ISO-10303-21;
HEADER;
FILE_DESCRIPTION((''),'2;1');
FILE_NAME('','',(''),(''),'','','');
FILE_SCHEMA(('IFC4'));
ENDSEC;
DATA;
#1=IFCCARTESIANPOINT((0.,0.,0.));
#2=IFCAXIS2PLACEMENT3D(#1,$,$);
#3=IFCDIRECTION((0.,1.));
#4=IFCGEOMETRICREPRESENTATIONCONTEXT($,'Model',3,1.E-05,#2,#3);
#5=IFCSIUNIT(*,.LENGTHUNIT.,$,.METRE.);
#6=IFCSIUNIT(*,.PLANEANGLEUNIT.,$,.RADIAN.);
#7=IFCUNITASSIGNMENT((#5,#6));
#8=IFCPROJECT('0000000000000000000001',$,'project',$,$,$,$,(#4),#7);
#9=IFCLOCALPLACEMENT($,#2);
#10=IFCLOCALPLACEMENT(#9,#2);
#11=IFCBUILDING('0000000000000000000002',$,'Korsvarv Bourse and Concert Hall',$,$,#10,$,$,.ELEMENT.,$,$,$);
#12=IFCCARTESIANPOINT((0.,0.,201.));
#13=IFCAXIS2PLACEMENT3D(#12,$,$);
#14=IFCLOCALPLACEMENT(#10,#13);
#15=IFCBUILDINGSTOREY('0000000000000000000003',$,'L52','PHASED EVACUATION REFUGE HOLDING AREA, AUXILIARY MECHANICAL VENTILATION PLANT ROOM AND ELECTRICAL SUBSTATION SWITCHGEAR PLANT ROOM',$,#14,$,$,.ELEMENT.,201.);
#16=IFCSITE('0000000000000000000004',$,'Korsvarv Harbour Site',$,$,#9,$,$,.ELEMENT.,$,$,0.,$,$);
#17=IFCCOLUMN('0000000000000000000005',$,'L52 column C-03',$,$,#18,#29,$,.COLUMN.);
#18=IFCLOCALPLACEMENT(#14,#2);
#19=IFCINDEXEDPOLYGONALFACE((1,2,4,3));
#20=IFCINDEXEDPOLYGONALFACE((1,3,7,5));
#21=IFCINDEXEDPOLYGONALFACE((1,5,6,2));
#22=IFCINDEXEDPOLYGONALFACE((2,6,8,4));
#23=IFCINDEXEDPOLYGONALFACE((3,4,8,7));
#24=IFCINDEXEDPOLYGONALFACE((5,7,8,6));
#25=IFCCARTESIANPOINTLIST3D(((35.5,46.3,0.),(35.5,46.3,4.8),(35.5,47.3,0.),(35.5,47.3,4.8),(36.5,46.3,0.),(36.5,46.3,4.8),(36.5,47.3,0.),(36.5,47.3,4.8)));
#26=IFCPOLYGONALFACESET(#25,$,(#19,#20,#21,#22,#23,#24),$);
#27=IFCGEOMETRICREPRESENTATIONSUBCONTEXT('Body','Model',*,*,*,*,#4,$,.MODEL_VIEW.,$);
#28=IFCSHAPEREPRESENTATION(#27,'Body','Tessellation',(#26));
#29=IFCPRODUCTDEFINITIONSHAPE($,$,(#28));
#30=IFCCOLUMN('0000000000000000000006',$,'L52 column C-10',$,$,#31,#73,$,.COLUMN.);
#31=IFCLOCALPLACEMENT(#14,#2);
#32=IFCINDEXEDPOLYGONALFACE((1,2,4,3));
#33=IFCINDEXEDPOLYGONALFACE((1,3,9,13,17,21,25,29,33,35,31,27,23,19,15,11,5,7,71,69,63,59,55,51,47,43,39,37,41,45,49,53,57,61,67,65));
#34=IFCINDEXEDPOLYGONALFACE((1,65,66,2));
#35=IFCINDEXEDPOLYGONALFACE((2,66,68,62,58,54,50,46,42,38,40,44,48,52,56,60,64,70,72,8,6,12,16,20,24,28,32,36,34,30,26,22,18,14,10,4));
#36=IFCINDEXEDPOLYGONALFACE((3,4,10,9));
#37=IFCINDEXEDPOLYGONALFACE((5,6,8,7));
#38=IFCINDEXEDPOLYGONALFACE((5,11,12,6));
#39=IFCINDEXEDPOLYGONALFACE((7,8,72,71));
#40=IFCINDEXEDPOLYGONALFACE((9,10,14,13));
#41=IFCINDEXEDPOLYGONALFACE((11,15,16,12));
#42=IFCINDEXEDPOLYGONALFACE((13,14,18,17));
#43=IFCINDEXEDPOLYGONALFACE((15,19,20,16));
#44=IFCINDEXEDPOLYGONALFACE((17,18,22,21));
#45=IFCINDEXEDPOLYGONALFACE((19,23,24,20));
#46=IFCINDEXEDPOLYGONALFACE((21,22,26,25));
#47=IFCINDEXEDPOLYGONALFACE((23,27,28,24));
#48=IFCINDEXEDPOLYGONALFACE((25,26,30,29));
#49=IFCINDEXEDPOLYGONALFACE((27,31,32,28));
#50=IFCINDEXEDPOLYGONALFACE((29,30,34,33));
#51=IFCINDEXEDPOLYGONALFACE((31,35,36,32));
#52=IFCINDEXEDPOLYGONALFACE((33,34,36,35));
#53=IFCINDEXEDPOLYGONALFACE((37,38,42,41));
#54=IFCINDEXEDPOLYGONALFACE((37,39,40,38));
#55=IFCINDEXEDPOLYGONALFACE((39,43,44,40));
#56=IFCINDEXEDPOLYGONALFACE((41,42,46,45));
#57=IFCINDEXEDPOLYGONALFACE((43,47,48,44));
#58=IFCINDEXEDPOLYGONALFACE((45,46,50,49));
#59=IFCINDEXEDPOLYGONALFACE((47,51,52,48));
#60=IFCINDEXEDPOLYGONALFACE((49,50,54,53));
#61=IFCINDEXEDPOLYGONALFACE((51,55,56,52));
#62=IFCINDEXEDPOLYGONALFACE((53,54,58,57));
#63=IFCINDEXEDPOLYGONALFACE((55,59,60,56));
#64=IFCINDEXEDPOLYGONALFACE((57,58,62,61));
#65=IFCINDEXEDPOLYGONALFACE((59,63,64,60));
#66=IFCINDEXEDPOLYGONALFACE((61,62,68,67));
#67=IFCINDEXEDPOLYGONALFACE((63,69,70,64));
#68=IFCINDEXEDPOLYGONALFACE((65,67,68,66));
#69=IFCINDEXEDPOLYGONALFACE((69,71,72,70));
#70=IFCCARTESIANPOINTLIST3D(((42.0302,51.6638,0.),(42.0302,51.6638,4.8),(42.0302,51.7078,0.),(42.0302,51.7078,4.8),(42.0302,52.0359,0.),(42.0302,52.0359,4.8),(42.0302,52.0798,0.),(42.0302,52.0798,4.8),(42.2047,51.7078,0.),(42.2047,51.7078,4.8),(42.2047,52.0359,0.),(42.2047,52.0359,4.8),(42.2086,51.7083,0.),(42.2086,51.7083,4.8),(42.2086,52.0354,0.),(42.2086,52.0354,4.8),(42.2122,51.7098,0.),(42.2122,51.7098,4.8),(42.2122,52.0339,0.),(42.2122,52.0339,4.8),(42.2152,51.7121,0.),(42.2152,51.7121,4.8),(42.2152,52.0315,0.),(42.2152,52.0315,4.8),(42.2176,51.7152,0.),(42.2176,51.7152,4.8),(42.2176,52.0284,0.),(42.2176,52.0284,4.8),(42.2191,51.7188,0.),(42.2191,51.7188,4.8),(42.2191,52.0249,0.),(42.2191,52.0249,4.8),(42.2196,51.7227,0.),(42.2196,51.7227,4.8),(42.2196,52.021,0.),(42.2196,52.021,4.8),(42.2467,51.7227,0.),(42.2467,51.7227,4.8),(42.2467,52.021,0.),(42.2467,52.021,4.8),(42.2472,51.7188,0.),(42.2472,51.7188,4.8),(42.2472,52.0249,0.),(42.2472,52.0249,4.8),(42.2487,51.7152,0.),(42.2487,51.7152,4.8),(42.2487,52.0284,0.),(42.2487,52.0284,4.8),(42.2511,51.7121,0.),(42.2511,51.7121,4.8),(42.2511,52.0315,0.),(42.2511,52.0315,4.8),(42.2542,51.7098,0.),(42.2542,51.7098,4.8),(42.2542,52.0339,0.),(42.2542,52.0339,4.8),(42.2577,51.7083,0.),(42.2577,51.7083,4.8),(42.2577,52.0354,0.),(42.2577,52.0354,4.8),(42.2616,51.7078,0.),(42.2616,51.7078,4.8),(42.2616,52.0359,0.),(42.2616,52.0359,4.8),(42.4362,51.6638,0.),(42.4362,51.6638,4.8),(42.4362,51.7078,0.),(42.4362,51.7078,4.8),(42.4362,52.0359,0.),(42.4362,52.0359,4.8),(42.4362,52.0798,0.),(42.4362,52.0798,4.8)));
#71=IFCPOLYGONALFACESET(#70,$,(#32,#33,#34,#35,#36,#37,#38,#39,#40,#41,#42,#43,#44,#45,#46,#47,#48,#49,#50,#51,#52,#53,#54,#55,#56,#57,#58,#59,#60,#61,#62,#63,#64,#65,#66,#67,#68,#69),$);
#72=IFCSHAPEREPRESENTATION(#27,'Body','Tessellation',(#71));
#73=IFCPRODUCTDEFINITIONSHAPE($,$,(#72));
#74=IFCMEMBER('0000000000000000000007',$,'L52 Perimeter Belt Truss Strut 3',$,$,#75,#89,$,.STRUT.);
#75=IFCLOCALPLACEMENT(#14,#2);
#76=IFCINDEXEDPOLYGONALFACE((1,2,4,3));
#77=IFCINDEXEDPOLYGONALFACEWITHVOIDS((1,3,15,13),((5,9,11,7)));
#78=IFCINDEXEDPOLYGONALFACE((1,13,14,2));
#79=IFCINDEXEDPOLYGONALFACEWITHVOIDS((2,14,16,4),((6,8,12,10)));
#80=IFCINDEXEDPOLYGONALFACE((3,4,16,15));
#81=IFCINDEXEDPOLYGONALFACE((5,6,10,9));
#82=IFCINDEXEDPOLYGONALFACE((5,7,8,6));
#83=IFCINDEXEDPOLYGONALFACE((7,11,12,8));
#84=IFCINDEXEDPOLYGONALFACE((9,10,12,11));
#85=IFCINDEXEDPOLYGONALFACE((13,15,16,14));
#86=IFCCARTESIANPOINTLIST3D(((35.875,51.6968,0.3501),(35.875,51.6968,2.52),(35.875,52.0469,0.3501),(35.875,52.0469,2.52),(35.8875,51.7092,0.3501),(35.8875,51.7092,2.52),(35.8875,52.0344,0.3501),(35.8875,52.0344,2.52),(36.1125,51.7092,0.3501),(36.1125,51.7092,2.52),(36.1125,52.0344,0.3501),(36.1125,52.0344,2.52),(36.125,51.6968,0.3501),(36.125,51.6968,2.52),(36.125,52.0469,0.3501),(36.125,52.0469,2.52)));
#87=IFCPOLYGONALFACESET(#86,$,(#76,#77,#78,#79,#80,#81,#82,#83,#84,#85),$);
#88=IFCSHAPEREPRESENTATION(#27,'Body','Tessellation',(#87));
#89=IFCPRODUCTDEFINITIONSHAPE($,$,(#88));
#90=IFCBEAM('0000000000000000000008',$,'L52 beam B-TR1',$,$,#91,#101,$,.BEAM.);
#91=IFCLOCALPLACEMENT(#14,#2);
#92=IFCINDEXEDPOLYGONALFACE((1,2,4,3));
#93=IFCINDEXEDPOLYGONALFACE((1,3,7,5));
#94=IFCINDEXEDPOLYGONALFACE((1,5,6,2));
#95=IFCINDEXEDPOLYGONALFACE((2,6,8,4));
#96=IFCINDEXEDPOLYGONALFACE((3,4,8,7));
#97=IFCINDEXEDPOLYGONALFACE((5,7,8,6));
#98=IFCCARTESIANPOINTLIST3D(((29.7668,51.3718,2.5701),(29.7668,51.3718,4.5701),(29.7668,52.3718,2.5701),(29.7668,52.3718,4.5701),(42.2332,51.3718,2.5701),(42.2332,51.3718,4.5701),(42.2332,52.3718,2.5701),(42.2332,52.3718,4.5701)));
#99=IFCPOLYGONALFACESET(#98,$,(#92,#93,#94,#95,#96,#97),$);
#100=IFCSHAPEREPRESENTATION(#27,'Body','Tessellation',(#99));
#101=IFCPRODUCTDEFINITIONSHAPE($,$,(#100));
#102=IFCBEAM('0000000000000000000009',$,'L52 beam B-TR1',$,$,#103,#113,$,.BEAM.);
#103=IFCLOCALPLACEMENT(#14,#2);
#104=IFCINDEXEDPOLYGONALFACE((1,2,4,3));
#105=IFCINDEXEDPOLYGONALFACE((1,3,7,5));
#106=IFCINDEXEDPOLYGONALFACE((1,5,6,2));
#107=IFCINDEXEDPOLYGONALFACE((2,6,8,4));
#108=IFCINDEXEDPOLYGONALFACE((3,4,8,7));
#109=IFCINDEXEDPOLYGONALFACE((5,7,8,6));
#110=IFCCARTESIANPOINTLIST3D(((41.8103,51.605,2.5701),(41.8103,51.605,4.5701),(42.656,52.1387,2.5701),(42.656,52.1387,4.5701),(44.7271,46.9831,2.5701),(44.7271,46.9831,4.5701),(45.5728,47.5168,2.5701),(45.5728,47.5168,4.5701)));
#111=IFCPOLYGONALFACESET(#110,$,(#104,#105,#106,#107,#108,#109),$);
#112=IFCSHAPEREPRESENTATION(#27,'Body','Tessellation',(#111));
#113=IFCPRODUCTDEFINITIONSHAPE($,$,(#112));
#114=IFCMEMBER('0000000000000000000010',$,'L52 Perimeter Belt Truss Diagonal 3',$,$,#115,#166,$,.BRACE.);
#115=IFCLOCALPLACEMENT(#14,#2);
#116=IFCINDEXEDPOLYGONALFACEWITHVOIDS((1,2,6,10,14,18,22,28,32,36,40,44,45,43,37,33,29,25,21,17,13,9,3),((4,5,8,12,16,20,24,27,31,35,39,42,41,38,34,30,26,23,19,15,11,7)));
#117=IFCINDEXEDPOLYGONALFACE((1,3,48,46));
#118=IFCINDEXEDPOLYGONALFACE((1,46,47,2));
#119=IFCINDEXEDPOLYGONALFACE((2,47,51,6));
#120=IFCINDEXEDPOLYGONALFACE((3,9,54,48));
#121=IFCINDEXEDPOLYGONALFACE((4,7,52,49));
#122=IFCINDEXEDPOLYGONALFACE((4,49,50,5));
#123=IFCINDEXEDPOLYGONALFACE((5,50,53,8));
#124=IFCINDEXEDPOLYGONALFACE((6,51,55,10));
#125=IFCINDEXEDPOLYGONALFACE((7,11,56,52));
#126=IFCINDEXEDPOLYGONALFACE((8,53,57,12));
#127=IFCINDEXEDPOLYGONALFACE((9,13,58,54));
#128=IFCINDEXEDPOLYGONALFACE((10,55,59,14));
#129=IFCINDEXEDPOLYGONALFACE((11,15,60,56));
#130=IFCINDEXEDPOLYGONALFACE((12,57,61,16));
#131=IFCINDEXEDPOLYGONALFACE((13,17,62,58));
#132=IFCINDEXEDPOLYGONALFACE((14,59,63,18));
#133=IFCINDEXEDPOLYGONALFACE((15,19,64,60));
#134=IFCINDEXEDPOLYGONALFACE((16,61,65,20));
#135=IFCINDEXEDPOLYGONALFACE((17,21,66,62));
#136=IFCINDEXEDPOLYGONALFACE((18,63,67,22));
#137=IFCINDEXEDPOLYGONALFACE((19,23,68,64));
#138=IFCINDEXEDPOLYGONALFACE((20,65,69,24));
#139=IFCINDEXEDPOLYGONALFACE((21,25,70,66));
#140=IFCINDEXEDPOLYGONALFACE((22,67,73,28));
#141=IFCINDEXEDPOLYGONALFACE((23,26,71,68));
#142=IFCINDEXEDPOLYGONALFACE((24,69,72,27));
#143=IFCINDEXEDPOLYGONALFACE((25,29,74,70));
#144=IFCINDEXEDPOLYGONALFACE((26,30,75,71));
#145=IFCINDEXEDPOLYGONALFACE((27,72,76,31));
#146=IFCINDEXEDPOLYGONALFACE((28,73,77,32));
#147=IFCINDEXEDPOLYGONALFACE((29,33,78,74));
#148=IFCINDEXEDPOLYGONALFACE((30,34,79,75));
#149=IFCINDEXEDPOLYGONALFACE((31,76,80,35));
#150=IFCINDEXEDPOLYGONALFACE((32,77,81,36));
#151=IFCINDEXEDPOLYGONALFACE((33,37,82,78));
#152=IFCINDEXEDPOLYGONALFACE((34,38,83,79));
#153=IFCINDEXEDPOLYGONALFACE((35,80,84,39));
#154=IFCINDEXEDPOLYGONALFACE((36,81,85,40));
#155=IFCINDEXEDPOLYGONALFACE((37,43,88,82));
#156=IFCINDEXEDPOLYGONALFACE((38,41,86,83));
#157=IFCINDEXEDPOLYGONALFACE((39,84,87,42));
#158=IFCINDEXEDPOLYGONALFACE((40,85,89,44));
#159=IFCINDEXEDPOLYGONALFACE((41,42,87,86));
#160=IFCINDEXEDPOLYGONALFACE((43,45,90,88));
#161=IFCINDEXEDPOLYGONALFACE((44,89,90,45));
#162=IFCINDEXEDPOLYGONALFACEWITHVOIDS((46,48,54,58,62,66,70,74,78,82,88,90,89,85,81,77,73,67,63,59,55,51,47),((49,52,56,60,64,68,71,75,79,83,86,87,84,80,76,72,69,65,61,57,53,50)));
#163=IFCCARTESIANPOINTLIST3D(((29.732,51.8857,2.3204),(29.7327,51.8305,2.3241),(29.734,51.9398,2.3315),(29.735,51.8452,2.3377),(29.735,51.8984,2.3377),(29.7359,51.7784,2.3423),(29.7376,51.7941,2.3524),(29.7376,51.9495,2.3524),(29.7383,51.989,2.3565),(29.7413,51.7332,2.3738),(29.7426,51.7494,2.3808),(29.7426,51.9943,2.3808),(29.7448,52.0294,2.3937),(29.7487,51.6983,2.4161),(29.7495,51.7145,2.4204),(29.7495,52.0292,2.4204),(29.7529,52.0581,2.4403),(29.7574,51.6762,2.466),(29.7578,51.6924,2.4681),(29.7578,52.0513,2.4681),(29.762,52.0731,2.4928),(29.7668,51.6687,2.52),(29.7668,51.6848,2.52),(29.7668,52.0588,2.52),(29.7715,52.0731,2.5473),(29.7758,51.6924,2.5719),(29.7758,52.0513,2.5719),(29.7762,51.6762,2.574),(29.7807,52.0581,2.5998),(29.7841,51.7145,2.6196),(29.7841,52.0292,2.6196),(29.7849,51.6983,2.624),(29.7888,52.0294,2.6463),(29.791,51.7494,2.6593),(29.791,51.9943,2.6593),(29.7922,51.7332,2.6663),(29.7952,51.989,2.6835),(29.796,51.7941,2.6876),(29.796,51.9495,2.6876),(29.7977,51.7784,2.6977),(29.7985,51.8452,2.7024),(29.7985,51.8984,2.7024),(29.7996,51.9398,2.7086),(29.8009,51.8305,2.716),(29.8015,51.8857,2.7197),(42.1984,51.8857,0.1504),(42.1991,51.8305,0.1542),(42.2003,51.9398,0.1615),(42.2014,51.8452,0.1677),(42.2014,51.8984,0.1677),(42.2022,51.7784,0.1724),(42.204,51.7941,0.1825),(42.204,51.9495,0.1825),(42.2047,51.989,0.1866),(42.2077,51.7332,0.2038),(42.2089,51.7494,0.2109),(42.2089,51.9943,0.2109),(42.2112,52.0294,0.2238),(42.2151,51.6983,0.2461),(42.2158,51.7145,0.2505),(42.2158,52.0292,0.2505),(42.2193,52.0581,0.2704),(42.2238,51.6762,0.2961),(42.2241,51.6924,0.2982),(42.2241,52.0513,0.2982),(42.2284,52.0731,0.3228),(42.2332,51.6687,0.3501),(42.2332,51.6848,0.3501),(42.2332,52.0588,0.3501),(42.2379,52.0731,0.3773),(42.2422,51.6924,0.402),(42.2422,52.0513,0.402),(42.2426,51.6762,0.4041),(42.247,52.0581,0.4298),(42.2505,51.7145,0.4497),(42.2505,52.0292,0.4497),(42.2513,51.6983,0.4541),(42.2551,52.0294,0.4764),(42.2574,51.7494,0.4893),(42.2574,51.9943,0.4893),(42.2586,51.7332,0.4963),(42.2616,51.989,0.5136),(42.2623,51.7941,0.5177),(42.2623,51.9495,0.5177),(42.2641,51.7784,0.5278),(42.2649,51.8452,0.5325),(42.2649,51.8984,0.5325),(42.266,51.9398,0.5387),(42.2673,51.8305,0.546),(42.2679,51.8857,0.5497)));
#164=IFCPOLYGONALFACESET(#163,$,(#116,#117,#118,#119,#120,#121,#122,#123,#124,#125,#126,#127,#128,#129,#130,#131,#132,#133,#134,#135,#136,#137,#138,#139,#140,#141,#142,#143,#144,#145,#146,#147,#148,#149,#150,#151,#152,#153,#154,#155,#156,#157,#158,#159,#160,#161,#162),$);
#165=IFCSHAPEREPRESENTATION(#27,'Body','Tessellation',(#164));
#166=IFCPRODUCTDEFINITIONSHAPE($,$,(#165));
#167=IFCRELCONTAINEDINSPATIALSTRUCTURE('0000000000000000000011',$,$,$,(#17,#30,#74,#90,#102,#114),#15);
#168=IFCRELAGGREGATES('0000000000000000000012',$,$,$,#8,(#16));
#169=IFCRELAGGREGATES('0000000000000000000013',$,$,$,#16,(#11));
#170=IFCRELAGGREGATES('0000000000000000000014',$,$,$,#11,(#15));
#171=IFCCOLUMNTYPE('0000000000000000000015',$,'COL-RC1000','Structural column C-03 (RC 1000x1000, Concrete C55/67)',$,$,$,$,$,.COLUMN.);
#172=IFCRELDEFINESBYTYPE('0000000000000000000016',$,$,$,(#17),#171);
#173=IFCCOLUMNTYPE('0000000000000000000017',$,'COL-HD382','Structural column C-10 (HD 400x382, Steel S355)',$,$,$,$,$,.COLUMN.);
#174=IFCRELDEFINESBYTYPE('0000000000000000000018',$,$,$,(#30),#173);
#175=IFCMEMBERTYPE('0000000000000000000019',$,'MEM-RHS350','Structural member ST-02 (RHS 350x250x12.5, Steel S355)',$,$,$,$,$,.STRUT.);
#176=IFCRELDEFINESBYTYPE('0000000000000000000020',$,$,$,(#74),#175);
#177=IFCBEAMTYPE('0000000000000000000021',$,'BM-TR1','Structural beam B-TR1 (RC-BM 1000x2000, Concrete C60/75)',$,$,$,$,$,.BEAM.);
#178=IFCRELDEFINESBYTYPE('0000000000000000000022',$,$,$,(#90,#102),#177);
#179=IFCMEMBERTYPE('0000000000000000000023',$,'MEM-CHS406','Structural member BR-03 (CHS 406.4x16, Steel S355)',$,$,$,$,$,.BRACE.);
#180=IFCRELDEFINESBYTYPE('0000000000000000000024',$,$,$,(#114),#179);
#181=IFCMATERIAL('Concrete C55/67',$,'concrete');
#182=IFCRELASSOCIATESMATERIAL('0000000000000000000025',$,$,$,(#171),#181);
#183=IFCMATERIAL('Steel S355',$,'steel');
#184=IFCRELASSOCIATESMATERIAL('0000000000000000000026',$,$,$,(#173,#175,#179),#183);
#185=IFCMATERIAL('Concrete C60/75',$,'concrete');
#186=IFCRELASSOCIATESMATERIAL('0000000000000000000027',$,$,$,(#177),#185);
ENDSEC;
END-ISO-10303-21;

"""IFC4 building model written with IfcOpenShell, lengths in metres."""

from ifc_helpers import new_model, si_unit, direction, frame, origin, origin_2d, place, context, subcontext, project, spatial, rectangle, hollow_rectangle, hollow_circle, i_section, extrude, source, transform, mapped, material, material_profile, profile_set, type_object, element, save


model = new_model("IFC4")

# Units and contexts
model_context = context("Model", 3, precision=1e-05, world=origin(), true_north=direction((0.0, 1.0)))
body_context = subcontext(model_context, "Body", "Model", "MODEL_VIEW")
ifc_project = project(units=[si_unit("LENGTHUNIT", "METRE"), si_unit("PLANEANGLEUNIT", "RADIAN")], contexts=[model_context])

# Site, building, storey
site_placement = place(None, origin())
site = spatial("IfcSite", under=ifc_project, at=site_placement, Name="Korsvarv Harbour Site", CompositionType="ELEMENT", RefElevation=0.0)
building_placement = place(site_placement, origin())
building = spatial("IfcBuilding", under=site, at=building_placement, Name="Korsvarv Bourse and Concert Hall", CompositionType="ELEMENT")
storey_placement = place(building_placement, frame((0.0, 0.0, 201.0)))
storey = spatial("IfcBuildingStorey", under=building, at=storey_placement, Name="L52", Description="PHASED EVACUATION REFUGE HOLDING AREA, AUXILIARY MECHANICAL VENTILATION PLANT ROOM AND ELECTRICAL SUBSTATION SWITCHGEAR PLANT ROOM", CompositionType="ELEMENT", Elevation=201.0)

# Columns
ifc_material_1 = material(Name="Concrete C55/67", Category="concrete")
ifc_material_profile_1 = material_profile(ifc_material_1, rectangle(XDim=1.0, YDim=1.0, at=origin_2d()), Name="RC 1000x1000")
ifc_profile_set_1 = profile_set([ifc_material_profile_1], Name="Concrete C55/67")
column_type_1 = type_object("IfcColumnType", Name="COL-RC1000", Description="Structural column C-03 (RC 1000x1000, Concrete C55/67)", PredefinedType="COLUMN", material=ifc_profile_set_1)
shared_shape_1 = source(origin(), body_context, "Body", "SweptSolid", [
    extrude(rectangle(XDim=1.0, YDim=1.0, at=origin_2d()), origin(), (0.0, 0.0, 1.0), 4.8),
])
column_1_placement = place(storey_placement, frame((36.0, 46.8, 0.0), z_axis=(0.0, 0.0, 1.0), x_axis=(1.0, 0.0, 0.0)))
element("IfcColumn", 1, at=column_1_placement, inside=storey, type_object=column_type_1, Name="L52 column C-03", PredefinedType="COLUMN", context=body_context, shape_type="MappedRepresentation", body=[
    mapped(shared_shape_1, transform((0.0, 0.0, 0.0), scale=1.0)),
])
ifc_material_2 = material(Name="Steel S355", Category="steel")
ifc_material_profile_2 = material_profile(ifc_material_2, i_section(OverallWidth=0.406, OverallDepth=0.416, WebThickness=0.0271, FlangeThickness=0.0439, FilletRadius=0.0149, at=origin_2d()), Name="HD 400x382")
ifc_profile_set_2 = profile_set([ifc_material_profile_2], Name="Steel S355")
column_type_2 = type_object("IfcColumnType", Name="COL-HD382", Description="Structural column C-10 (HD 400x382, Steel S355)", PredefinedType="COLUMN", material=ifc_profile_set_2)
shared_shape_2 = source(origin(), body_context, "Body", "SweptSolid", [
    extrude(i_section(OverallWidth=0.406, OverallDepth=0.416, WebThickness=0.0271, FlangeThickness=0.0439, FilletRadius=0.0149, at=origin_2d()), origin(), (0.0, 0.0, 1.0), 4.8),
])
column_2_placement = place(storey_placement, frame((42.2332, 51.8718, 0.0), z_axis=(0.0, 0.0, 1.0), x_axis=(1.0, 0.0, 0.0)))
element("IfcColumn", 2, at=column_2_placement, inside=storey, type_object=column_type_2, Name="L52 column C-10", PredefinedType="COLUMN", context=body_context, shape_type="MappedRepresentation", body=[
    mapped(shared_shape_2, transform((0.0, 0.0, 0.0), scale=1.0)),
])

# Member
ifc_material_profile_3 = material_profile(ifc_material_2, hollow_rectangle(XDim=0.25, YDim=0.3501, WallThickness=0.0125, at=origin_2d()), Name="RHS 350x250x12.5")
ifc_profile_set_3 = profile_set([ifc_material_profile_3], Name="Steel S355")
member_type_1 = type_object("IfcMemberType", Name="MEM-RHS350", Description="Structural member ST-02 (RHS 350x250x12.5, Steel S355)", PredefinedType="STRUT", material=ifc_profile_set_3)
shared_shape_3 = source(origin(), body_context, "Body", "SweptSolid", [
    extrude(hollow_rectangle(XDim=0.25, YDim=0.3501, WallThickness=0.0125, at=origin_2d()), origin(), (0.0, 0.0, 1.0), 2.1699),
])
member_1_placement = place(storey_placement, frame((36.0, 51.8718, 0.3501), z_axis=(0.0, 0.0, 1.0), x_axis=(1.0, 0.0, 0.0)))
element("IfcMember", 3, at=member_1_placement, inside=storey, type_object=member_type_1, Name="L52 Perimeter Belt Truss Strut 3", PredefinedType="STRUT", context=body_context, shape_type="MappedRepresentation", body=[
    mapped(shared_shape_3, transform((0.0, 0.0, 0.0), scale=1.0)),
])

# Beams
ifc_material_3 = material(Name="Concrete C60/75", Category="concrete")
ifc_material_profile_4 = material_profile(ifc_material_3, rectangle(XDim=1.0, YDim=2.0, at=origin_2d()), Name="RC-BM 1000x2000")
ifc_profile_set_4 = profile_set([ifc_material_profile_4], Name="Concrete C60/75")
beam_type = type_object("IfcBeamType", Name="BM-TR1", Description="Structural beam B-TR1 (RC-BM 1000x2000, Concrete C60/75)", PredefinedType="BEAM", material=ifc_profile_set_4)
shared_shape_4 = source(origin(), body_context, "Body", "SweptSolid", [
    extrude(rectangle(XDim=1.0, YDim=2.0, at=origin_2d()), origin(), (0.0, 0.0, 1.0), 12.4663),
])
beam_1_placement = place(storey_placement, frame((42.2332, 51.8718, 3.5701), z_axis=(-1.0, 0.0, 0.0), x_axis=(0.0, -1.0, 0.0)))
element("IfcBeam", 4, at=beam_1_placement, inside=storey, type_object=beam_type, Name="L52 beam B-TR1", PredefinedType="BEAM", context=body_context, shape_type="MappedRepresentation", body=[
    mapped(shared_shape_4, transform((0.0, 0.0, 0.0), scale=1.0)),
])
shared_shape_5 = source(origin(), body_context, "Body", "SweptSolid", [
    extrude(rectangle(XDim=1.0, YDim=2.0, at=origin_2d()), origin(), (0.0, 0.0, 1.0), 5.4653),
])
beam_2_placement = place(storey_placement, frame((42.2332, 51.8718, 3.5701), z_axis=(0.533692, -0.845679, 0.0), x_axis=(0.845679, 0.533692, 0.0)))
element("IfcBeam", 5, at=beam_2_placement, inside=storey, type_object=beam_type, Name="L52 beam B-TR1", PredefinedType="BEAM", context=body_context, shape_type="MappedRepresentation", body=[
    mapped(shared_shape_5, transform((0.0, 0.0, 0.0), scale=1.0)),
])

# Member
ifc_material_profile_5 = material_profile(ifc_material_2, hollow_circle(Radius=0.2031, WallThickness=0.0161, at=origin_2d()), Name="CHS 406.4x16")
ifc_profile_set_5 = profile_set([ifc_material_profile_5], Name="Steel S355")
member_type_2 = type_object("IfcMemberType", Name="MEM-CHS406", Description="Structural member BR-03 (CHS 406.4x16, Steel S355)", PredefinedType="BRACE", material=ifc_profile_set_5)
shared_shape_6 = source(origin(), body_context, "Body", "SweptSolid", [
    extrude(hollow_circle(Radius=0.2031, WallThickness=0.0161, at=origin_2d()), origin(), (0.0, 0.0, 1.0), 12.6538),
])
member_2_placement = place(storey_placement, frame((42.2332, 51.8718, 0.3501), z_axis=(-0.985187, 0.0, 0.171484), x_axis=(0.0, -1.0, 0.0)))
element("IfcMember", 6, at=member_2_placement, inside=storey, type_object=member_type_2, Name="L52 Perimeter Belt Truss Diagonal 3", PredefinedType="BRACE", context=body_context, shape_type="MappedRepresentation", body=[
    mapped(shared_shape_6, transform((0.0, 0.0, 0.0), scale=1.0)),
])

save(model, "model.ifc")
